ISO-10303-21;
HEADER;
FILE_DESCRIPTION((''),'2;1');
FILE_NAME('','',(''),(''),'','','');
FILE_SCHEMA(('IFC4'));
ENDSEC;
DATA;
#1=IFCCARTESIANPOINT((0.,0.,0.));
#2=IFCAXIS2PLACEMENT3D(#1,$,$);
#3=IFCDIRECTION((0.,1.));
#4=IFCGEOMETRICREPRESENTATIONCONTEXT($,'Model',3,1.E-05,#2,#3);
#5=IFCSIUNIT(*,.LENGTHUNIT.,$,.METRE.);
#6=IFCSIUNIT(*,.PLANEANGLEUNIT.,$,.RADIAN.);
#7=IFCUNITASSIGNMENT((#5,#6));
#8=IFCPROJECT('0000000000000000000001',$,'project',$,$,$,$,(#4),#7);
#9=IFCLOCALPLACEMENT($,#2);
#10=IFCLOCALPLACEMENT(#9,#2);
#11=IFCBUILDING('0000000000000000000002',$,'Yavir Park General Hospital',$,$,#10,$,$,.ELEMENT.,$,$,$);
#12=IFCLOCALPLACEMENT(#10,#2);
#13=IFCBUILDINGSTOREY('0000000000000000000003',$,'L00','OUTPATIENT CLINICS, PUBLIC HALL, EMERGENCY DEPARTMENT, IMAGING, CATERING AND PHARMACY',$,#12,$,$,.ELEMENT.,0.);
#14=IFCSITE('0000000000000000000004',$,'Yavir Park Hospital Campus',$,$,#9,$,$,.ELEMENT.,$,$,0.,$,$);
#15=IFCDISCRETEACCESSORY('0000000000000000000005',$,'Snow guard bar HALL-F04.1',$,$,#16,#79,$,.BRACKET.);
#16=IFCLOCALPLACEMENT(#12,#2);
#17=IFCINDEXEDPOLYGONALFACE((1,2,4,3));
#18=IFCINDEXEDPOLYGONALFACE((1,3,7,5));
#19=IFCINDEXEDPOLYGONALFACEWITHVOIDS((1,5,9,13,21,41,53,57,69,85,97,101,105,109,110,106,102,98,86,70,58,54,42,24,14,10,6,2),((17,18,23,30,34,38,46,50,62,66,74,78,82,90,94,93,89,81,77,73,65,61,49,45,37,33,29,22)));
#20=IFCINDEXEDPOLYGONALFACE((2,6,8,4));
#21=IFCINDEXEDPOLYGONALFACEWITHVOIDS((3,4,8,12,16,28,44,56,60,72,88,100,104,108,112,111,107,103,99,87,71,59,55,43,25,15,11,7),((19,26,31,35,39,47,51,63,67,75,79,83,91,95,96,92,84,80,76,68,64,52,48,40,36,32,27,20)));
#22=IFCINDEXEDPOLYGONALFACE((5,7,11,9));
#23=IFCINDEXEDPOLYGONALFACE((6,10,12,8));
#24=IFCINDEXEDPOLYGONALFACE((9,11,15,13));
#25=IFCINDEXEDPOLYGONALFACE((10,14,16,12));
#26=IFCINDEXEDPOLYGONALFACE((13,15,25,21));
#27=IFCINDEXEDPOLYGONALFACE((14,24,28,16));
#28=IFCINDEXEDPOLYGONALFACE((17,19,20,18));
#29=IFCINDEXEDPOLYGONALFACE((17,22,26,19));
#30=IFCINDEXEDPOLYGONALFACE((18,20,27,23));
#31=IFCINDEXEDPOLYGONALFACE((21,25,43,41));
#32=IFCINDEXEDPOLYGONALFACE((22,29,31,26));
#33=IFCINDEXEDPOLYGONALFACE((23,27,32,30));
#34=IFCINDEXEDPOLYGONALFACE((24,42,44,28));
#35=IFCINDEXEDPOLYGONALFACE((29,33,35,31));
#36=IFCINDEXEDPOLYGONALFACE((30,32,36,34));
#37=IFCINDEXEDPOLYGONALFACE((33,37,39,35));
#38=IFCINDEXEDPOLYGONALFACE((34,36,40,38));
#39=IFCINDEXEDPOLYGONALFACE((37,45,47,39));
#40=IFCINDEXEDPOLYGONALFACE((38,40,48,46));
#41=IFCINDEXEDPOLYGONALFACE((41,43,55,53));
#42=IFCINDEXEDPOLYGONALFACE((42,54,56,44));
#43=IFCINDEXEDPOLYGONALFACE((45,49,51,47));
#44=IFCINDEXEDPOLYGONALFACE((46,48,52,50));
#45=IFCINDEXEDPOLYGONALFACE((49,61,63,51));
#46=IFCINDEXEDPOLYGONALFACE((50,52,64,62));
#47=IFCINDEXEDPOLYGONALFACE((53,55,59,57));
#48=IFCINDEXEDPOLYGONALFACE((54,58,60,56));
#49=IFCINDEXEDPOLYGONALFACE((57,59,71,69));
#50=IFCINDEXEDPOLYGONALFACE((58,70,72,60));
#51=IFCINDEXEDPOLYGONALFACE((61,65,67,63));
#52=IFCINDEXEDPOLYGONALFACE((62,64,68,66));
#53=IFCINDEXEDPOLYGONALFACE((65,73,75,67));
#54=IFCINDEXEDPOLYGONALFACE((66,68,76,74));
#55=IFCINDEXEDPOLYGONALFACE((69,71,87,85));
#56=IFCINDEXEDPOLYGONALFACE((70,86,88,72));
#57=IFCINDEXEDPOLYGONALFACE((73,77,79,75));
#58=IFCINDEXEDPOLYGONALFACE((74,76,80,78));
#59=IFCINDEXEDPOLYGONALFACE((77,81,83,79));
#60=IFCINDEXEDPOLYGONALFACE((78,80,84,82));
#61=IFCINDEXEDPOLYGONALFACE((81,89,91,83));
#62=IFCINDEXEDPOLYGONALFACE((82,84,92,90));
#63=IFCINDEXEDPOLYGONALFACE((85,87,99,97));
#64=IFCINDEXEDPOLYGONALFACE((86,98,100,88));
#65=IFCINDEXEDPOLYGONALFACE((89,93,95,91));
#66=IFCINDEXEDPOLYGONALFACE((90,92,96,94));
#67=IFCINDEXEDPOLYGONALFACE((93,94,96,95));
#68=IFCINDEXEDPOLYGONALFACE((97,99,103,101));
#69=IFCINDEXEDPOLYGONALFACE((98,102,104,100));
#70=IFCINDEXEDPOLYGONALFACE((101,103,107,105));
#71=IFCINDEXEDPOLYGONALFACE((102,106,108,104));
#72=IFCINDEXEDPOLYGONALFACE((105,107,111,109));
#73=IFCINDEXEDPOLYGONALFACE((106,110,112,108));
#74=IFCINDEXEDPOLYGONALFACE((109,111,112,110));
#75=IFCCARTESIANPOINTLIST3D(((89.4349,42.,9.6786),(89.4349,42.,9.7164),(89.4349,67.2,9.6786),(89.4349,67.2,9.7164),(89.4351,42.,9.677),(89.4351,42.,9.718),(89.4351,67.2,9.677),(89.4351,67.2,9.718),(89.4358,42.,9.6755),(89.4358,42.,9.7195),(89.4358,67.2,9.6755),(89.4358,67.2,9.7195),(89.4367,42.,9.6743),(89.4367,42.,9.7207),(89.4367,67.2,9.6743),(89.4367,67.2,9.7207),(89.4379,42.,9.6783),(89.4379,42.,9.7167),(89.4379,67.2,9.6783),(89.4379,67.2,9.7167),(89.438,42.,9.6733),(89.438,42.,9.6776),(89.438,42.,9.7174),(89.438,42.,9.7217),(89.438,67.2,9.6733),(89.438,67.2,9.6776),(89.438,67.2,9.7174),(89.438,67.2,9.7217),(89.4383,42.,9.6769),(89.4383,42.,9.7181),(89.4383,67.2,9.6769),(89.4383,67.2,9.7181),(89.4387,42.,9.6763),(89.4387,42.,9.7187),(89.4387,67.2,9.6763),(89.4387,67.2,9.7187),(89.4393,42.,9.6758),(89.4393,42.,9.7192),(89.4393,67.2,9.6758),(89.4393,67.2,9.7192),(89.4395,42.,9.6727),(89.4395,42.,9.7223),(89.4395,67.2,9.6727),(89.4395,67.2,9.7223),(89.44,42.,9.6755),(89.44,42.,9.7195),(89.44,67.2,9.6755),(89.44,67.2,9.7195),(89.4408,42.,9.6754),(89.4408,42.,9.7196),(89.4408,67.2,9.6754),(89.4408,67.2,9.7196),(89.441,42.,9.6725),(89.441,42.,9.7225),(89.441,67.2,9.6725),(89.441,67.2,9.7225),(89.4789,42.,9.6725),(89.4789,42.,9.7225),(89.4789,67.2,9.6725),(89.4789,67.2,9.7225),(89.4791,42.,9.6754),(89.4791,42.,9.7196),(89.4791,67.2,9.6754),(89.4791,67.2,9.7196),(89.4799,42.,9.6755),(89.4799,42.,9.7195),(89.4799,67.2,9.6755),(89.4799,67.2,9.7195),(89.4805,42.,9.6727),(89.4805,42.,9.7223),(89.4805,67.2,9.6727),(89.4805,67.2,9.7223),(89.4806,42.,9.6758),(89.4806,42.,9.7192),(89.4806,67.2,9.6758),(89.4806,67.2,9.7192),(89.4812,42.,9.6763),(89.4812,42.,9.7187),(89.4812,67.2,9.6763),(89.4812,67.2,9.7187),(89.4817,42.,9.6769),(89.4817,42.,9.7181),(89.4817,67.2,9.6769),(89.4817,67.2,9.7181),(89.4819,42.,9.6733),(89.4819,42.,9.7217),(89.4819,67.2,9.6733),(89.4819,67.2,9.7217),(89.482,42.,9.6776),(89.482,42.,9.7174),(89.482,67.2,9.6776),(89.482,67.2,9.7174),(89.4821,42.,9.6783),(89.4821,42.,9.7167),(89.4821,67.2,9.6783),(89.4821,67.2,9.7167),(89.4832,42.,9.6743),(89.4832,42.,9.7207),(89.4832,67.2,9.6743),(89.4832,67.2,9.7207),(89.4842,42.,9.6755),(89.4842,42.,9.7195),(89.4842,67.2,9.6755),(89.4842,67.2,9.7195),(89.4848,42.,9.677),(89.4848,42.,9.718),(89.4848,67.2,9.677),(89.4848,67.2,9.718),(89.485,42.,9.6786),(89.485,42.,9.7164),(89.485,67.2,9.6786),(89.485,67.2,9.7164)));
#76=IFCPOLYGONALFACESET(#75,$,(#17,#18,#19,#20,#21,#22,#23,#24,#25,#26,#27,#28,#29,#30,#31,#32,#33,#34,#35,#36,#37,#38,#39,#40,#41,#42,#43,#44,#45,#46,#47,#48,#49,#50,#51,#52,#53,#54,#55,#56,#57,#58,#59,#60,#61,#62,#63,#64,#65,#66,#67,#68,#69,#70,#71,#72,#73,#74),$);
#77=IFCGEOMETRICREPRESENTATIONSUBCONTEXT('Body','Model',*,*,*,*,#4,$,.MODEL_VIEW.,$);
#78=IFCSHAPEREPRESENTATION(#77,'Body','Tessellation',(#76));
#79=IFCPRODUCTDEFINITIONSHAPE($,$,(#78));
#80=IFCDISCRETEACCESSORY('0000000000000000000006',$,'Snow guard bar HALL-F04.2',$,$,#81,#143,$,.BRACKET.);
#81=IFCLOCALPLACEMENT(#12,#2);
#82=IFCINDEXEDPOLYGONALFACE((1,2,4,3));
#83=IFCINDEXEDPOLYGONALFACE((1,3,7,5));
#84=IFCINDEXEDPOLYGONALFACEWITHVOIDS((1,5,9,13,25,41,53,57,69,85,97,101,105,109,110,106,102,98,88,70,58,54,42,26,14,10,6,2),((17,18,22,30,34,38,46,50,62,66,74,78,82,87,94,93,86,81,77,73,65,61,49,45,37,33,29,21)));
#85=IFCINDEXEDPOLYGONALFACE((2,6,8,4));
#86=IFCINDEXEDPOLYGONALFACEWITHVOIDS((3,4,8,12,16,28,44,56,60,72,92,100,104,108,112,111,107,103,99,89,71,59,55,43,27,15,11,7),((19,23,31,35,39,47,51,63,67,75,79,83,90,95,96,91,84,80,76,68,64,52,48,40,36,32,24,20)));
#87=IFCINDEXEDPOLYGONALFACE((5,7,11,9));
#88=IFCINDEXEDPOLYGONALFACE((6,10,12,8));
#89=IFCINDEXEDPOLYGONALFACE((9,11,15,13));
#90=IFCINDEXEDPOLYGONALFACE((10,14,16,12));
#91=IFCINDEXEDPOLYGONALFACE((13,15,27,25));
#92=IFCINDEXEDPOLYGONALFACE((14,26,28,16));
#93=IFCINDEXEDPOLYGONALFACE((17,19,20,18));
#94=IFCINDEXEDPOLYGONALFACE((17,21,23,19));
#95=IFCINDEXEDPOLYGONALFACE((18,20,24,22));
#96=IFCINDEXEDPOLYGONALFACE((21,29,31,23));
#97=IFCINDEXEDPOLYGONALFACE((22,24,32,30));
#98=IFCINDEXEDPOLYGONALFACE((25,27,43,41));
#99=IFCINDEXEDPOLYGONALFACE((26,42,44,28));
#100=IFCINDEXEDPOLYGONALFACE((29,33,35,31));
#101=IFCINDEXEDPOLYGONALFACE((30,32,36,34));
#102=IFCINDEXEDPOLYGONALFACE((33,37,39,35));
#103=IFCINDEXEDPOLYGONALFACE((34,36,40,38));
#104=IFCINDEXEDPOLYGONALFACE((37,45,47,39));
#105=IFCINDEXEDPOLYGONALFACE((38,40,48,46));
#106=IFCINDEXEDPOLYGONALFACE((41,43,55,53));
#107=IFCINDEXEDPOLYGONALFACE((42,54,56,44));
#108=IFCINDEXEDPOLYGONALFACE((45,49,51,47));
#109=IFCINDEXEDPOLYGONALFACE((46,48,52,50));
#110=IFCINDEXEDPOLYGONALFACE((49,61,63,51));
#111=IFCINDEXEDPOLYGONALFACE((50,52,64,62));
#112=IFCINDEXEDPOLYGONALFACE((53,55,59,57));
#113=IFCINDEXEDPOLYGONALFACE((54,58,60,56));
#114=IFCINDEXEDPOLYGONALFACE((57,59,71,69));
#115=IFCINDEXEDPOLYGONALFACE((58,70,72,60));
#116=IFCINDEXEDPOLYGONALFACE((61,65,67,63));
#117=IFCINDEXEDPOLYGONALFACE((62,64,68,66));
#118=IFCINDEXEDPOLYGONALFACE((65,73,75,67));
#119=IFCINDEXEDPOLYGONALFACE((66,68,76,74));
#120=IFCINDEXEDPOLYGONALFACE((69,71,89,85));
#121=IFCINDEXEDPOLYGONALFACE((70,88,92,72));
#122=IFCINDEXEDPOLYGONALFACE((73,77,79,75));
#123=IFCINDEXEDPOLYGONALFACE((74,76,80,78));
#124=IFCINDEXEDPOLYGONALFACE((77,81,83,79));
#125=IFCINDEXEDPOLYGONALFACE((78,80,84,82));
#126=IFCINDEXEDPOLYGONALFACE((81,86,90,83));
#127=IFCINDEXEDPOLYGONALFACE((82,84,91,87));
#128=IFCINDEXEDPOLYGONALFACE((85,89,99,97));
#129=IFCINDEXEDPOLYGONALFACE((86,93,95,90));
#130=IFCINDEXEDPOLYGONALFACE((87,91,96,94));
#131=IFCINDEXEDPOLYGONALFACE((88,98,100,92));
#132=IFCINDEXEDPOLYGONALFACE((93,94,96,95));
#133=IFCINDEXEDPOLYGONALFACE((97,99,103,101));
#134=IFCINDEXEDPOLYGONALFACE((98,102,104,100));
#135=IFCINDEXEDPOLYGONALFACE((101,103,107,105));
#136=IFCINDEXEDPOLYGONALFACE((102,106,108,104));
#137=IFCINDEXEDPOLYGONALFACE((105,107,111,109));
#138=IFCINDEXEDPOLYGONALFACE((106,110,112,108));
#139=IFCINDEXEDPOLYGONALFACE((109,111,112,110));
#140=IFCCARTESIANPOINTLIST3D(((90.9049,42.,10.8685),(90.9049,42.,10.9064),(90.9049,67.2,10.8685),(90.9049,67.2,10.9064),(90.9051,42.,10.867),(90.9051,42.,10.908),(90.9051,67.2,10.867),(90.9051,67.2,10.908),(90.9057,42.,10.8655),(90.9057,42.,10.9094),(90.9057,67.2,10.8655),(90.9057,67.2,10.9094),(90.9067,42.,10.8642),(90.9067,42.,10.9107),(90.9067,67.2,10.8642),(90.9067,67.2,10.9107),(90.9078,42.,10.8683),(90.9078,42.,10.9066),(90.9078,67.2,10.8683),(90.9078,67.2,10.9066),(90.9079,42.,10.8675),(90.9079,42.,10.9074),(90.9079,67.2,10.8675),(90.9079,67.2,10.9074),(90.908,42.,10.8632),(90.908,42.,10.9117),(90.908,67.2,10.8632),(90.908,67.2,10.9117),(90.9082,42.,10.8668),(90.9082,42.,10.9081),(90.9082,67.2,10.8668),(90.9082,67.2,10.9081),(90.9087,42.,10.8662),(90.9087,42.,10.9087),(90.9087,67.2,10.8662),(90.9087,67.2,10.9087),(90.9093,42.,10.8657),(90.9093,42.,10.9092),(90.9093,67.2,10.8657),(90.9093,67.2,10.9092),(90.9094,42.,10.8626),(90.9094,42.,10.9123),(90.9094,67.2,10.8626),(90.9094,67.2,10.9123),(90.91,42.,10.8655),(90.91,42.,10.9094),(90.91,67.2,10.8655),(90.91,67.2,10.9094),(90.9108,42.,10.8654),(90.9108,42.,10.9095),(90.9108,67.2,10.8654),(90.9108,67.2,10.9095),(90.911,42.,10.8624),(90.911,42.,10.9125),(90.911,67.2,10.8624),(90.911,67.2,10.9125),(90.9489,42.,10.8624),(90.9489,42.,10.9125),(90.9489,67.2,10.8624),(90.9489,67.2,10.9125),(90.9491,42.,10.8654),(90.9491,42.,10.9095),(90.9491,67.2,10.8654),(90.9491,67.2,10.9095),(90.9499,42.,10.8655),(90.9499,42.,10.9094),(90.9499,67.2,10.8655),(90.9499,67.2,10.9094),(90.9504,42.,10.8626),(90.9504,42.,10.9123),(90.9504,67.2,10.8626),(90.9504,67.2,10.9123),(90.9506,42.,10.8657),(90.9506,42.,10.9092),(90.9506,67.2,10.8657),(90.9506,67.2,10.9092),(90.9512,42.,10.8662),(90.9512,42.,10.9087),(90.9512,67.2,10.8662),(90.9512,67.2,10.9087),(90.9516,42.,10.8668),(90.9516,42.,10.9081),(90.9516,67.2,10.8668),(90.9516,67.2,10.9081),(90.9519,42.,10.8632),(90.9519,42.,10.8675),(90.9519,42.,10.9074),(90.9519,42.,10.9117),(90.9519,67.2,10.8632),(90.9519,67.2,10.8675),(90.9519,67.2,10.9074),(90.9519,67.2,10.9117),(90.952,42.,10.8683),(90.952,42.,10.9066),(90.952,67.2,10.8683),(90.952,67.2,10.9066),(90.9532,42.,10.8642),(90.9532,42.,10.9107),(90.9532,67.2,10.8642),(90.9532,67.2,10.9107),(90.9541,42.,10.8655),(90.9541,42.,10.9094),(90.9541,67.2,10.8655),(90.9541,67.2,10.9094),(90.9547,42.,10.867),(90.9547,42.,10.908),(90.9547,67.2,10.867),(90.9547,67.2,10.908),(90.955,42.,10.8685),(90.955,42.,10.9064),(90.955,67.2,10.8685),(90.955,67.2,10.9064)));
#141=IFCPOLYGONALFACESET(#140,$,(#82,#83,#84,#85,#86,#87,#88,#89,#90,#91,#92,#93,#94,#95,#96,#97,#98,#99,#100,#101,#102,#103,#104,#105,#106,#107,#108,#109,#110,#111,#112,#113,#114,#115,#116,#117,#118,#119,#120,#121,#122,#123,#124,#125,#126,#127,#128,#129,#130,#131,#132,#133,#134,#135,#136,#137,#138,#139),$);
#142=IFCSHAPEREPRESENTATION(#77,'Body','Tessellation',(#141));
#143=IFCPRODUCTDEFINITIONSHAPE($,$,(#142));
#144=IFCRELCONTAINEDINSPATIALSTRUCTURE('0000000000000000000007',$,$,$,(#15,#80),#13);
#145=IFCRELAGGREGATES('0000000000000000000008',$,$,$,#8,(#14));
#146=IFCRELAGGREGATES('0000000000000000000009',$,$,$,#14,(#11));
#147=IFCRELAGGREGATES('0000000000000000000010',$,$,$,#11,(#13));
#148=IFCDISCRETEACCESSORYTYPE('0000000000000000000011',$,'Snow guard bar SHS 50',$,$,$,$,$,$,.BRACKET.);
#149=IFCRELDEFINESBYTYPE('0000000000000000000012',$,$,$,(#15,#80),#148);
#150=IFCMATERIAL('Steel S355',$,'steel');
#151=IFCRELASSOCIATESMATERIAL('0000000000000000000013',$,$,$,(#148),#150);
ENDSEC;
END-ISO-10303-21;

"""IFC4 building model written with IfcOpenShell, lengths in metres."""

from ifc_helpers import new_model, si_unit, direction, frame, origin, origin_2d, place, context, subcontext, project, spatial, hollow_rectangle, extrude, material, material_profile, profile_set, type_object, element, save


model = new_model("IFC4")

# Units and contexts
model_context = context("Model", 3, precision=1e-05, world=origin(), true_north=direction((0.0, 1.0)))
body_context = subcontext(model_context, "Body", "Model", "MODEL_VIEW")
ifc_project = project(units=[si_unit("LENGTHUNIT", "METRE"), si_unit("PLANEANGLEUNIT", "RADIAN")], contexts=[model_context])

# Site, building, storey
site_placement = place(None, origin())
site = spatial("IfcSite", under=ifc_project, at=site_placement, Name="Yavir Park Hospital Campus", CompositionType="ELEMENT", RefElevation=0.0)
building_placement = place(site_placement, origin())
building = spatial("IfcBuilding", under=site, at=building_placement, Name="Yavir Park General Hospital", CompositionType="ELEMENT")
storey_placement = place(building_placement, origin())
storey = spatial("IfcBuildingStorey", under=building, at=storey_placement, Name="L00", Description="OUTPATIENT CLINICS, PUBLIC HALL, EMERGENCY DEPARTMENT, IMAGING, CATERING AND PHARMACY", CompositionType="ELEMENT", Elevation=0.0)

# Discrete accessories
ifc_material_1 = material(Name="Steel S355", Category="steel")
ifc_material_profile_1 = material_profile(ifc_material_1, hollow_rectangle(XDim=0.05, YDim=0.05, WallThickness=0.0029, InnerFilletRadius=0.0029, OuterFilletRadius=0.0061, at=origin_2d()), Name="RHS50x50x3")
ifc_profile_set_1 = profile_set([ifc_material_profile_1], Name="Steel S355")
discrete_accessory_type_1 = type_object("IfcDiscreteAccessoryType", Name="Snow guard bar SHS 50", PredefinedType="BRACKET", material=ifc_profile_set_1)
for number, where, z_axis, x_axis, name in (
    (1, (89.46, 42.0, 9.6975), (0.0, 1.0, 0.0), (-1.0, 0.0, 0.0), "Snow guard bar HALL-F04.1"),
    (2, (90.9299, 42.0, 10.8875), (0.0, 1.0, 0.0), (-1.0, 0.0, 0.0), "Snow guard bar HALL-F04.2"),
):
    element("IfcDiscreteAccessory", number, at=place(storey_placement, frame(where, z_axis=z_axis, x_axis=x_axis)), inside=storey, type_object=discrete_accessory_type_1, Name=name, PredefinedType="BRACKET", context=body_context, shape_type="SweptSolid", body=[
        extrude(hollow_rectangle(XDim=0.05, YDim=0.05, WallThickness=0.0029, InnerFilletRadius=0.0029, OuterFilletRadius=0.0061, at=origin_2d()), origin(), (0.0, 0.0, 1.0), 25.2),
    ])

save(model, "model.ifc")
